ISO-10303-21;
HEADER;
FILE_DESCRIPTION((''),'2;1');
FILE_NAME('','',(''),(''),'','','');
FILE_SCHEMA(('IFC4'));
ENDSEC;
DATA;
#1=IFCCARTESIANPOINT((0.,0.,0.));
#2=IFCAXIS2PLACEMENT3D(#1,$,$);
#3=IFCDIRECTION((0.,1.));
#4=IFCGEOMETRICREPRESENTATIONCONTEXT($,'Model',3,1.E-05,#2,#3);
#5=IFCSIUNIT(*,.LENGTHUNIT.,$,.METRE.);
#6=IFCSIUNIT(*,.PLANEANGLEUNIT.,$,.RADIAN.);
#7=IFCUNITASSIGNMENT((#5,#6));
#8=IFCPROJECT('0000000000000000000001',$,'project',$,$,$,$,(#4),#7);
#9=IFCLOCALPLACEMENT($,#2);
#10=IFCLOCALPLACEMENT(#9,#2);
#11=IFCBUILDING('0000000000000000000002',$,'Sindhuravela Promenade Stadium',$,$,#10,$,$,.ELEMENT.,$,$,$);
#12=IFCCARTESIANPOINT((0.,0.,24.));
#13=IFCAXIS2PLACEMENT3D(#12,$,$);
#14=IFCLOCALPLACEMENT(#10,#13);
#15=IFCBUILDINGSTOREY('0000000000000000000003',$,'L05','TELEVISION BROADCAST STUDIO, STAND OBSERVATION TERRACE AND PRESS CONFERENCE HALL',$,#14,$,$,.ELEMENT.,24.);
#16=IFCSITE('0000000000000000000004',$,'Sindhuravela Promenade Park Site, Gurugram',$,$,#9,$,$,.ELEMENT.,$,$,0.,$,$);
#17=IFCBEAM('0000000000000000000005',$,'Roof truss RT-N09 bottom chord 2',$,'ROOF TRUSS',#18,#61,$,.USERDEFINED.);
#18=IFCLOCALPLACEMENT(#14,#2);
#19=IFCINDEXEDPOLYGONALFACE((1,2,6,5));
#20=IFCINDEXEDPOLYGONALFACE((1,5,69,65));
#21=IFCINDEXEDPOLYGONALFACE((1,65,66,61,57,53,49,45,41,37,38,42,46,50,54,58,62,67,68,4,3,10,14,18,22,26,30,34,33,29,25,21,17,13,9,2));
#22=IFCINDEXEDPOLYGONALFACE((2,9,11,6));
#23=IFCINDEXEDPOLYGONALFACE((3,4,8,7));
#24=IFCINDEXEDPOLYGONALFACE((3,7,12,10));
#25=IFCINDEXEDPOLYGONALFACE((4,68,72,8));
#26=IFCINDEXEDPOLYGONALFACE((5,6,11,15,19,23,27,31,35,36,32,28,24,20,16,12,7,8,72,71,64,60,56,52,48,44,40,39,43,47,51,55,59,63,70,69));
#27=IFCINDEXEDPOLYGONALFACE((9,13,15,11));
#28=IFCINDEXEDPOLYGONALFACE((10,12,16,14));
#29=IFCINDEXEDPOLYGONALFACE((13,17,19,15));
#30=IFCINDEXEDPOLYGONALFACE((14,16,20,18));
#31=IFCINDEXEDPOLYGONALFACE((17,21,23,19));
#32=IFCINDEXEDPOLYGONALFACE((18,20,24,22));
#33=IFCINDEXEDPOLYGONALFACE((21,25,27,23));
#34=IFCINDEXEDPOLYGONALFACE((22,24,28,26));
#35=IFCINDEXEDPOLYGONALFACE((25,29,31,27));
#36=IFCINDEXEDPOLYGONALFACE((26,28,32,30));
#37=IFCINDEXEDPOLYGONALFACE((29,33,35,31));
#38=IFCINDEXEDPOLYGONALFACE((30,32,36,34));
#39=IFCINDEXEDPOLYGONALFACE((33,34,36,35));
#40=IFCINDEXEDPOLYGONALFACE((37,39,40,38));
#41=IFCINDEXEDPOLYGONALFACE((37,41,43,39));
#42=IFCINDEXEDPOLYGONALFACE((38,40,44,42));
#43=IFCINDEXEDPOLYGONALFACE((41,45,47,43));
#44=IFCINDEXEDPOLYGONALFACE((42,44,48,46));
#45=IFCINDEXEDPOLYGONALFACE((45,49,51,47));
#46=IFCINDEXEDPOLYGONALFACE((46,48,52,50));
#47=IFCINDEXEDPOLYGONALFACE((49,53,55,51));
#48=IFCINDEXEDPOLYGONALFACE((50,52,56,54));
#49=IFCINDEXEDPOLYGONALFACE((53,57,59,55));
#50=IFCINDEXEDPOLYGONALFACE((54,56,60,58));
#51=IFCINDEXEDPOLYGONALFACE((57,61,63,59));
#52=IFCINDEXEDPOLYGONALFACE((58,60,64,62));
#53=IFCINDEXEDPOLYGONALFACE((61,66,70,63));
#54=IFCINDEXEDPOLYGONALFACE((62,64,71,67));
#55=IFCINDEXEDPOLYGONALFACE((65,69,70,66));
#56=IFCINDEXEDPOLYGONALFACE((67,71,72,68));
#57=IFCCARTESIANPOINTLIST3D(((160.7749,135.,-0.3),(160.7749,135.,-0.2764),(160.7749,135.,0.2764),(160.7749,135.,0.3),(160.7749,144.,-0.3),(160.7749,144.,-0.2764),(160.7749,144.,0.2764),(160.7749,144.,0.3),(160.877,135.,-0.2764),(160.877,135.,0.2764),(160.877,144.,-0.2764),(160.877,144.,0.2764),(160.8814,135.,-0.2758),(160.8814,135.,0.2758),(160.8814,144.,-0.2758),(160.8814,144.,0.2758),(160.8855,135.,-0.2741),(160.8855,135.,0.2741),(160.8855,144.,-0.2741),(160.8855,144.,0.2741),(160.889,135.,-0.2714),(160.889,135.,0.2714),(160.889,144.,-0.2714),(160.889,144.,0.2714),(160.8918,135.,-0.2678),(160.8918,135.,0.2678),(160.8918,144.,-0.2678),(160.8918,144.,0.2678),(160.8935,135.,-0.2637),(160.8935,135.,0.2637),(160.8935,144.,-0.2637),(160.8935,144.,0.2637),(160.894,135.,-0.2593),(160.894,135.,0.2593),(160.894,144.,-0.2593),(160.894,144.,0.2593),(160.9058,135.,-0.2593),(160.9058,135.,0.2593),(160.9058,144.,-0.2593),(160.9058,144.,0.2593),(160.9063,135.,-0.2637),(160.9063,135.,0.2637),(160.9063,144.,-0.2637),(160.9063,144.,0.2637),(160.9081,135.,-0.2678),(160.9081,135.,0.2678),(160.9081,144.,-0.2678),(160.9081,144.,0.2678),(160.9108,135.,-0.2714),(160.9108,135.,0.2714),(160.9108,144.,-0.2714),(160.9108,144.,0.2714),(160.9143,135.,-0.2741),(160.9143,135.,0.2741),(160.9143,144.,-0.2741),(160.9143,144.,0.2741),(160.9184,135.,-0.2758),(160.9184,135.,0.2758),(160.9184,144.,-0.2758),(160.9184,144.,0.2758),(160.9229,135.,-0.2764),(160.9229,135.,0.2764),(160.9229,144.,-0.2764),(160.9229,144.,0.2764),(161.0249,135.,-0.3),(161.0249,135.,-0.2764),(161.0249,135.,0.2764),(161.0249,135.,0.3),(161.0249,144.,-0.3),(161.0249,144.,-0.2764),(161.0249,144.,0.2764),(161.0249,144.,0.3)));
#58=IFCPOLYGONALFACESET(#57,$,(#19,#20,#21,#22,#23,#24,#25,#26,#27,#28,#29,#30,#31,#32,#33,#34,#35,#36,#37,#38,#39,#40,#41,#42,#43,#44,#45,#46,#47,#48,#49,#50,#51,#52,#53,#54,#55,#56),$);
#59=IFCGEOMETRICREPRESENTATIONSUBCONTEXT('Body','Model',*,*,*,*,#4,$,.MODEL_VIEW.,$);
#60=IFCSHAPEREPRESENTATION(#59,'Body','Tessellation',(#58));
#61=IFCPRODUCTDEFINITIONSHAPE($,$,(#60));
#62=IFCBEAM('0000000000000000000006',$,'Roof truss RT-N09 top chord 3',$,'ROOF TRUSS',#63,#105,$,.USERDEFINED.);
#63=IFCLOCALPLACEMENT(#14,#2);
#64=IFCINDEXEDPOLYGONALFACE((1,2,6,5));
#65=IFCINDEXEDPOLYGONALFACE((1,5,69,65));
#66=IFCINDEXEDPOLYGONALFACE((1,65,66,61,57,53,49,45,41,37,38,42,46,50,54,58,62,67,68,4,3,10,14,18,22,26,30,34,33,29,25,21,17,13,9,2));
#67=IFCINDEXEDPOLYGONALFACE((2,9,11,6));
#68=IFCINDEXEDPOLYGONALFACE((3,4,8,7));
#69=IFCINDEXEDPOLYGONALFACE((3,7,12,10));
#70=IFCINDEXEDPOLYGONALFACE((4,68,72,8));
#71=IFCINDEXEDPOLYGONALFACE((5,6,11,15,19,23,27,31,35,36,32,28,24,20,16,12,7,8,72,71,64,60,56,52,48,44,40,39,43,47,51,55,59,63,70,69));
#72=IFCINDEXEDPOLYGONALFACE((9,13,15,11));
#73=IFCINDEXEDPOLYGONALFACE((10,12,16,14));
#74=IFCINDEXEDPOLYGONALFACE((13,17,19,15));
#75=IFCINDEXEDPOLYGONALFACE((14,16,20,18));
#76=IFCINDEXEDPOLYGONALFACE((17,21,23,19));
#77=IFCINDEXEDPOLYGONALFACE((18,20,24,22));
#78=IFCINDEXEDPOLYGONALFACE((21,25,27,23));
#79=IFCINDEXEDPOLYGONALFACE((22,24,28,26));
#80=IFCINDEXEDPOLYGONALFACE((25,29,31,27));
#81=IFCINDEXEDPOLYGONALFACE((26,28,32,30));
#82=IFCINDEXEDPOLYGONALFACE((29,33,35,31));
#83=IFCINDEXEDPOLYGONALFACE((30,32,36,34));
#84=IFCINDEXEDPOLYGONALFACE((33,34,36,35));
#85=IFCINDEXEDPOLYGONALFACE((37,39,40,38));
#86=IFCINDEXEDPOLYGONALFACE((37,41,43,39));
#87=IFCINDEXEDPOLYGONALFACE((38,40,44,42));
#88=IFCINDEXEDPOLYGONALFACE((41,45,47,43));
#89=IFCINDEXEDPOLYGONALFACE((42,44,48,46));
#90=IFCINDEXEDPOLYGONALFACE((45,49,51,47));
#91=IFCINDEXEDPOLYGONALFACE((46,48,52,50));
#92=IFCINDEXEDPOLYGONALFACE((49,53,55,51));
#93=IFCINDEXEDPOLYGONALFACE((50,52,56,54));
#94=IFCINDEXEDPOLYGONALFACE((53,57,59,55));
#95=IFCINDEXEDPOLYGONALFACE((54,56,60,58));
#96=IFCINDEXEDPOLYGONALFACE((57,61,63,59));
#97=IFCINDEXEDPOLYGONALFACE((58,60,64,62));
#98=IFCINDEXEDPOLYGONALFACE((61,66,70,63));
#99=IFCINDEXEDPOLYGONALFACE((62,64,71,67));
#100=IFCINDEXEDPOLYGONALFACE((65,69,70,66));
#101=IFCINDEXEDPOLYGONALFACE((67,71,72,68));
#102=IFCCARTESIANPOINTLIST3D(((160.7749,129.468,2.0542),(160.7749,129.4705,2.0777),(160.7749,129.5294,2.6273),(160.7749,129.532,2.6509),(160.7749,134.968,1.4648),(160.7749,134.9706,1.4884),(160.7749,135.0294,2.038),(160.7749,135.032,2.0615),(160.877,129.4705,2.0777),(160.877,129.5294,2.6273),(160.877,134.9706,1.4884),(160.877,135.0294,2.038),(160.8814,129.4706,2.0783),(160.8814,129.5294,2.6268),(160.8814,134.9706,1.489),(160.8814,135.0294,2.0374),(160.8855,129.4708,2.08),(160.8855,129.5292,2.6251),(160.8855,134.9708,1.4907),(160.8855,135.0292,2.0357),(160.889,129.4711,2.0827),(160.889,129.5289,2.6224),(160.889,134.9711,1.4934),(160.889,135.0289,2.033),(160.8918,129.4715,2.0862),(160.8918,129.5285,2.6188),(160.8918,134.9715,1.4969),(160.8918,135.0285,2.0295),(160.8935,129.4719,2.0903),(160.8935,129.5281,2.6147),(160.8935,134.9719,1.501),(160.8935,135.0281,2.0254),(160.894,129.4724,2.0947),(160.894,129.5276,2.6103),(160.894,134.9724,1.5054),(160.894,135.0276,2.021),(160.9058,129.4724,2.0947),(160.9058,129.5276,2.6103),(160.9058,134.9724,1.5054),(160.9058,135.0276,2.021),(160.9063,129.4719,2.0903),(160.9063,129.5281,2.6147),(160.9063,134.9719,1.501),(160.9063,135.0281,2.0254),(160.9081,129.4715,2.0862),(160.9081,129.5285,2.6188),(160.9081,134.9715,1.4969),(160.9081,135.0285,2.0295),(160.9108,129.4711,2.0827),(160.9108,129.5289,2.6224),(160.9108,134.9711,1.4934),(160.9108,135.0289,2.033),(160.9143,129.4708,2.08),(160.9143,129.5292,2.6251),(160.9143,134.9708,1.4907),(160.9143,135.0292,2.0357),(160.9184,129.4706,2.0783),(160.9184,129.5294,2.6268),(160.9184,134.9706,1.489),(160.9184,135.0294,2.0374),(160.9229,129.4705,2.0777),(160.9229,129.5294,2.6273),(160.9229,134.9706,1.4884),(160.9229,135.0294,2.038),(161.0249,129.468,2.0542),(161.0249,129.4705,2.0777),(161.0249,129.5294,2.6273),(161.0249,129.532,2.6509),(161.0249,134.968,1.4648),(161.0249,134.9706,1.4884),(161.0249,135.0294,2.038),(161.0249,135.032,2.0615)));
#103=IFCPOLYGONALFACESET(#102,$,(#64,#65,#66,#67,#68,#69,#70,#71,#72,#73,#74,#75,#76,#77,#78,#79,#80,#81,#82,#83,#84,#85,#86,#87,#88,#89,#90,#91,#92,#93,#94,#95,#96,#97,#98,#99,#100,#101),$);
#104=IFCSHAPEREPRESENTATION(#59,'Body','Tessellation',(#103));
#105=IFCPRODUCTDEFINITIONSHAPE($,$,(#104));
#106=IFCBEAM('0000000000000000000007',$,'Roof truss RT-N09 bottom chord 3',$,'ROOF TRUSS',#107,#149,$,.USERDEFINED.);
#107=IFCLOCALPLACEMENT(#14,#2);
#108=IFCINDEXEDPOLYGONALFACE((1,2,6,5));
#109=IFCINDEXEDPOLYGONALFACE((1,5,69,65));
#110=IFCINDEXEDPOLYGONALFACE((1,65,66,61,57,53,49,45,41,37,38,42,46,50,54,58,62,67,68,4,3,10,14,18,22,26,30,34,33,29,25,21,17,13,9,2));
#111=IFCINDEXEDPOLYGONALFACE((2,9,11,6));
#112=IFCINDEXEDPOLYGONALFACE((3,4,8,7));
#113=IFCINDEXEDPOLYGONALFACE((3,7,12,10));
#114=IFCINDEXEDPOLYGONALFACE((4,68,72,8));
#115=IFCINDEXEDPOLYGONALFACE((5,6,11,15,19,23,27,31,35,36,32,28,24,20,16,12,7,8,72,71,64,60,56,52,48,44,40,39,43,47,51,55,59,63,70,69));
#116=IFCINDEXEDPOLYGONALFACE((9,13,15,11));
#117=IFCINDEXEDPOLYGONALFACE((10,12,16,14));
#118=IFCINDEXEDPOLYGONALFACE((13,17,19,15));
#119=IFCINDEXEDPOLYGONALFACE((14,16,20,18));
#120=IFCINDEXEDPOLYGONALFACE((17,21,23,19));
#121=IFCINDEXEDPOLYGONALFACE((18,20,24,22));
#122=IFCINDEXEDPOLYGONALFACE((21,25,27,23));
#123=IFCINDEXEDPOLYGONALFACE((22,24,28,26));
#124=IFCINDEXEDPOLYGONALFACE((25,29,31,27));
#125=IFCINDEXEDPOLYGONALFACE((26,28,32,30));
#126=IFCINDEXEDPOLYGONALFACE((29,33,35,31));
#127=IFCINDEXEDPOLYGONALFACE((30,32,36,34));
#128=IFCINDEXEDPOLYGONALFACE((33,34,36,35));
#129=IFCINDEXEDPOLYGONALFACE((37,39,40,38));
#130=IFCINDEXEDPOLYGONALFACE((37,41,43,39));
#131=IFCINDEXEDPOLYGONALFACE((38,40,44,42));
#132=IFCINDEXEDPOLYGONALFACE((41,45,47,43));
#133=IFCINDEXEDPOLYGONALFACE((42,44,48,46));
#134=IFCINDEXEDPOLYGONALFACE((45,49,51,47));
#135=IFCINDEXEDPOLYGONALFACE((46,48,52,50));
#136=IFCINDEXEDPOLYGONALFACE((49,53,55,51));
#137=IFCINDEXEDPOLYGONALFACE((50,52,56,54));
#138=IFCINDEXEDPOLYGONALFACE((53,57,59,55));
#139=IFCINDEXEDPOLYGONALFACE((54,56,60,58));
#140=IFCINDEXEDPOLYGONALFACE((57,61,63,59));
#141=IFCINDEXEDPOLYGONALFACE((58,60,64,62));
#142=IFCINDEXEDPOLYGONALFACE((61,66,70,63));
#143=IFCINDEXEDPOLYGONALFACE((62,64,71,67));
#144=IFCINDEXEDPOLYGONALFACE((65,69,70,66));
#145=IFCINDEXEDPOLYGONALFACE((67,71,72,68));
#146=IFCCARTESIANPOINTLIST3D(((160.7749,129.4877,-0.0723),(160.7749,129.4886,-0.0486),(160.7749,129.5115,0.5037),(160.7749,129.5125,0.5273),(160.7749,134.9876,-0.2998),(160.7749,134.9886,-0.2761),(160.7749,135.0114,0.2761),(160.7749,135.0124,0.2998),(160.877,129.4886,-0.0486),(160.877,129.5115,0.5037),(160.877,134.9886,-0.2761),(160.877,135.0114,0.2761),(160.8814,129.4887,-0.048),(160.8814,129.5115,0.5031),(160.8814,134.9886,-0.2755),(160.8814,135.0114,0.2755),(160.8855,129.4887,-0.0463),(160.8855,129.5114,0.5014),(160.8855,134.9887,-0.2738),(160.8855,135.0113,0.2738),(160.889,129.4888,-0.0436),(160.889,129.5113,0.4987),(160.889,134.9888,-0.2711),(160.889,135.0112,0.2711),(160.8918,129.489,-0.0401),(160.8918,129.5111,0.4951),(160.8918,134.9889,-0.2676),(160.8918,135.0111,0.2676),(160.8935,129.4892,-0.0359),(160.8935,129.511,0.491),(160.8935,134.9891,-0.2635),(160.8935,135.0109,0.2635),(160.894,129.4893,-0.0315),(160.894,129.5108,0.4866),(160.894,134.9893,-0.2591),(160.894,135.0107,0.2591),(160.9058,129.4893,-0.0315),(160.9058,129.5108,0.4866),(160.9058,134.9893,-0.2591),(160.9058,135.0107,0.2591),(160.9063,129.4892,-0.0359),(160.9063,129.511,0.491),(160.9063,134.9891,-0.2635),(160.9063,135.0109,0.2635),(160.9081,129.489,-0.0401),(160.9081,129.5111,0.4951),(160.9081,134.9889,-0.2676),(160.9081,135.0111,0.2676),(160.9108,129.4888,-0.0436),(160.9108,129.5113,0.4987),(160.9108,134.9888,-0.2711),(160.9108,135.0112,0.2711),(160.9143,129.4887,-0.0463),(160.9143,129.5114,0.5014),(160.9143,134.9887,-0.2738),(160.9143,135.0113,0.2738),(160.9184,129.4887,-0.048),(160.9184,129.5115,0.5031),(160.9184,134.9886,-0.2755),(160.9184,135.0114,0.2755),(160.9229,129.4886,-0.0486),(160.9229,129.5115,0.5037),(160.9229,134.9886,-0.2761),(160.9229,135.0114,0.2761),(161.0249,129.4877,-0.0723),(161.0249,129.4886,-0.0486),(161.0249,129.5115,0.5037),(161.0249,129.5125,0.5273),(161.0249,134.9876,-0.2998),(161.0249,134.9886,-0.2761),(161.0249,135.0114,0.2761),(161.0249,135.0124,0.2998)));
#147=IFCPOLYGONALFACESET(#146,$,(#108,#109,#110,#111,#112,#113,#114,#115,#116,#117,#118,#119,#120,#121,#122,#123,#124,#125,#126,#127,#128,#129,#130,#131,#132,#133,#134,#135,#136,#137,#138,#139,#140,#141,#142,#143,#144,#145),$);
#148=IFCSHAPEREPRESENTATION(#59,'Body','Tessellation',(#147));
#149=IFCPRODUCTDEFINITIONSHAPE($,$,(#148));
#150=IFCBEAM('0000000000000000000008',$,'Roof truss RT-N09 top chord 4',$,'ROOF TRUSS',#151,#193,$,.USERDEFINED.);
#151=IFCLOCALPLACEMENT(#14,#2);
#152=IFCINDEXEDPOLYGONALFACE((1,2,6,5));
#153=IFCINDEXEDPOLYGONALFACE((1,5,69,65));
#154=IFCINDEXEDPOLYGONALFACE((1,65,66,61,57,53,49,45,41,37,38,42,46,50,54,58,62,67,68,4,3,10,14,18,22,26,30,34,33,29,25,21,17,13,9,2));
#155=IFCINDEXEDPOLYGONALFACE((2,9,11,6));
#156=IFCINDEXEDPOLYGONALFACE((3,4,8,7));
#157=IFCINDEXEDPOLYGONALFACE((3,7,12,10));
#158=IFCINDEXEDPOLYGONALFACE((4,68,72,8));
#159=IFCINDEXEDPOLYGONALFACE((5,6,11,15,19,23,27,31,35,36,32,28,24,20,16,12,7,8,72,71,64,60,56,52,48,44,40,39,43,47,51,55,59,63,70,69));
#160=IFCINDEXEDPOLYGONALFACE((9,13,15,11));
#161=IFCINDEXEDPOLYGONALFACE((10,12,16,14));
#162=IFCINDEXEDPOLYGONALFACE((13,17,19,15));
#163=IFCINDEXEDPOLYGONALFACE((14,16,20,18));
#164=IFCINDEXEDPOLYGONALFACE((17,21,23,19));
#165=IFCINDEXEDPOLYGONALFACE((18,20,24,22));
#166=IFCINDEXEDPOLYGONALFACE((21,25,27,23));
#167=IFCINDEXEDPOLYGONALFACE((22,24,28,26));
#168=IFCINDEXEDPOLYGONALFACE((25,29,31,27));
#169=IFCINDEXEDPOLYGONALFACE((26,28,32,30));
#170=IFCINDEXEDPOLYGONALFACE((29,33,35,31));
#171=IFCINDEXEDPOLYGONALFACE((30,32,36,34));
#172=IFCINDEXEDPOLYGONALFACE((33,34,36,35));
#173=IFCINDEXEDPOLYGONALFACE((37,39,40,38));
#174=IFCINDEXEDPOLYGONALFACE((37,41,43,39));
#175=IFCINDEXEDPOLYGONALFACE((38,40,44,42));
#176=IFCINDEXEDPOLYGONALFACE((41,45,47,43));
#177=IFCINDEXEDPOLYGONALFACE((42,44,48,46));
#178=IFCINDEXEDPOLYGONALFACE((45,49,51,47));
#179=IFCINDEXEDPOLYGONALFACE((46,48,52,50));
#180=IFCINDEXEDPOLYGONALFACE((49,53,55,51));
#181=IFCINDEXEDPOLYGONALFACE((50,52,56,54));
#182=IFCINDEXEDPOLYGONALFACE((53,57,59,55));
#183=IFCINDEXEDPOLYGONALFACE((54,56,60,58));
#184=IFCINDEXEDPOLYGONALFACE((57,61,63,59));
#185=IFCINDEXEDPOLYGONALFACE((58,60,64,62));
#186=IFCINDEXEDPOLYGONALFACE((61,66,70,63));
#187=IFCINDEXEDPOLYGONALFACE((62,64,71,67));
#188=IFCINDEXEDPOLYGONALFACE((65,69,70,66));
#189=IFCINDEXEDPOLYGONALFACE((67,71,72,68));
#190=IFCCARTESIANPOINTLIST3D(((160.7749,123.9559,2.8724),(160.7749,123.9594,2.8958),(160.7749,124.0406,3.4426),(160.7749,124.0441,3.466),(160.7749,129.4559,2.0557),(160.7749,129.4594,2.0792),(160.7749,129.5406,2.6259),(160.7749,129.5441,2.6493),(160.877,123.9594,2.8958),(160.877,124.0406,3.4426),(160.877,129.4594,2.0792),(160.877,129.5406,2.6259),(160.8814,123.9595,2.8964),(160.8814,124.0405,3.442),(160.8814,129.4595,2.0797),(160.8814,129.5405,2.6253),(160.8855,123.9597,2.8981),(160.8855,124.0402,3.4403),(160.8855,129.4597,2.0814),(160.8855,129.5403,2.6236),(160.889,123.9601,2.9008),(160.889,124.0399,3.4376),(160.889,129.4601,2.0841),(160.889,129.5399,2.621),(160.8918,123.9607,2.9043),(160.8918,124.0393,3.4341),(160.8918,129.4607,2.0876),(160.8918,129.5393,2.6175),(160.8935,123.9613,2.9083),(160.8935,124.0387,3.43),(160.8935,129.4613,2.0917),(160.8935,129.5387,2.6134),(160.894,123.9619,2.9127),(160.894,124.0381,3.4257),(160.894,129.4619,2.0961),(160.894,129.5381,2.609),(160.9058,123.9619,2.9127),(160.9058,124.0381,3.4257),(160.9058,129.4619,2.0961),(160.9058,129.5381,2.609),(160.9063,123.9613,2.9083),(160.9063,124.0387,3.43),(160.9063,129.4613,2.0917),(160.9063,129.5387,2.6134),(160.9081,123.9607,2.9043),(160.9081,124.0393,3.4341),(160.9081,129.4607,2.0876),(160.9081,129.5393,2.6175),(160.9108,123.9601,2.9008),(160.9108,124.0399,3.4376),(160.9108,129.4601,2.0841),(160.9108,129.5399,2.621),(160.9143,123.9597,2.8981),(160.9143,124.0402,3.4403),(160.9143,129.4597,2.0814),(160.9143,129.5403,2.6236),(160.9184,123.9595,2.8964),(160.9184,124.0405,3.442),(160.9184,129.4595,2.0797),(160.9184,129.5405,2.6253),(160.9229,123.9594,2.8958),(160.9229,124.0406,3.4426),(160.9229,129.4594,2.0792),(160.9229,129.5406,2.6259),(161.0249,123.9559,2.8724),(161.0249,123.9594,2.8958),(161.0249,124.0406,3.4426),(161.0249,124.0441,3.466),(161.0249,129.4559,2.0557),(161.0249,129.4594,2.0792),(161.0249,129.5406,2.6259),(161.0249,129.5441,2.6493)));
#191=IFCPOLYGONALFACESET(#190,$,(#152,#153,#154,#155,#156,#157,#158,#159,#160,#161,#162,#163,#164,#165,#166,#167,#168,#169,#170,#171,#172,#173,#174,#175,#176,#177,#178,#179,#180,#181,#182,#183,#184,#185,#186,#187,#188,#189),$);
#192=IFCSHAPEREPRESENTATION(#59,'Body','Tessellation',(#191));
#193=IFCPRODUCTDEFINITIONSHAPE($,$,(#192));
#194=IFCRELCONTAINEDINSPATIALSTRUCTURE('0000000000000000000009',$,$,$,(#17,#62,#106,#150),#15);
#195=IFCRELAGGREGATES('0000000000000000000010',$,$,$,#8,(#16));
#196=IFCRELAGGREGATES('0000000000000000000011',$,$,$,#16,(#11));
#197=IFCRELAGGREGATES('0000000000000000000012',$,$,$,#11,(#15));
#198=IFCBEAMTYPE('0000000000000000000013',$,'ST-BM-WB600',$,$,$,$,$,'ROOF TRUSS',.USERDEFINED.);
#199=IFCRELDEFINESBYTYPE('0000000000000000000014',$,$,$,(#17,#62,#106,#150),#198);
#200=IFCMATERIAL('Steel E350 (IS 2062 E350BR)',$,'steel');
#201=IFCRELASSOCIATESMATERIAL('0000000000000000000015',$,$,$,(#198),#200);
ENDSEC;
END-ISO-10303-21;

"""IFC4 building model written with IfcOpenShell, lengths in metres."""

from ifc_helpers import new_model, si_unit, direction, frame, origin, origin_2d, place, context, subcontext, project, spatial, i_section, extrude, material, material_profile, profile_set, type_object, element, save


model = new_model("IFC4")

# Units and contexts
model_context = context("Model", 3, precision=1e-05, world=origin(), true_north=direction((0.0, 1.0)))
body_context = subcontext(model_context, "Body", "Model", "MODEL_VIEW")
ifc_project = project(units=[si_unit("LENGTHUNIT", "METRE"), si_unit("PLANEANGLEUNIT", "RADIAN")], contexts=[model_context])

# Site, building, storey
site_placement = place(None, origin())
site = spatial("IfcSite", under=ifc_project, at=site_placement, Name="Sindhuravela Promenade Park Site, Gurugram", CompositionType="ELEMENT", RefElevation=0.0)
building_placement = place(site_placement, origin())
building = spatial("IfcBuilding", under=site, at=building_placement, Name="Sindhuravela Promenade Stadium", CompositionType="ELEMENT")
storey_placement = place(building_placement, frame((0.0, 0.0, 24.0)))
storey = spatial("IfcBuildingStorey", under=building, at=storey_placement, Name="L05", Description="TELEVISION BROADCAST STUDIO, STAND OBSERVATION TERRACE AND PRESS CONFERENCE HALL", CompositionType="ELEMENT", Elevation=24.0)

# Beams
ifc_material_1 = material(Name="Steel E350 (IS 2062 E350BR)", Category="steel")
ifc_material_profile_1 = material_profile(ifc_material_1, i_section(OverallWidth=0.25, OverallDepth=0.6001, WebThickness=0.0117, FlangeThickness=0.0237, FilletRadius=0.0171, at=origin_2d()), Name="ISWB 600")
ifc_profile_set_1 = profile_set([ifc_material_profile_1], Name="Steel E350 (IS 2062 E350BR)")
beam_type = type_object("IfcBeamType", Name="ST-BM-WB600", ElementType="ROOF TRUSS", PredefinedType="USERDEFINED", material=ifc_profile_set_1)
beam_1_placement = place(storey_placement, frame((160.8999, 144.0, 0.0), z_axis=(0.0, -1.0, 0.0), x_axis=(1.0, 0.0, 0.0)))
element("IfcBeam", 1, at=beam_1_placement, inside=storey, type_object=beam_type, Name="Roof truss RT-N09 bottom chord 2", ObjectType="ROOF TRUSS", PredefinedType="USERDEFINED", context=body_context, shape_type="SweptSolid", body=[
    extrude(i_section(OverallWidth=0.25, OverallDepth=0.6001, WebThickness=0.0117, FlangeThickness=0.0237, FilletRadius=0.0171, at=origin_2d()), origin(), (0.0, 0.0, 1.0), 9.0),
])
beam_2_placement = place(storey_placement, frame((160.8999, 135.0, 1.7632), z_axis=(0.0, -0.994308, 0.106546), x_axis=(1.0, 0.0, 0.0)))
element("IfcBeam", 2, at=beam_2_placement, inside=storey, type_object=beam_type, Name="Roof truss RT-N09 top chord 3", ObjectType="ROOF TRUSS", PredefinedType="USERDEFINED", context=body_context, shape_type="SweptSolid", body=[
    extrude(i_section(OverallWidth=0.25, OverallDepth=0.6001, WebThickness=0.0117, FlangeThickness=0.0237, FilletRadius=0.0171, at=origin_2d()), origin(), (0.0, 0.0, 1.0), 5.5315),
])
beam_3_placement = place(storey_placement, frame((160.8999, 135.0, 0.0), z_axis=(0.0, -0.999145, 0.041335), x_axis=(1.0, 0.0, 0.0)))
element("IfcBeam", 3, at=beam_3_placement, inside=storey, type_object=beam_type, Name="Roof truss RT-N09 bottom chord 3", ObjectType="ROOF TRUSS", PredefinedType="USERDEFINED", context=body_context, shape_type="SweptSolid", body=[
    extrude(i_section(OverallWidth=0.25, OverallDepth=0.6001, WebThickness=0.0117, FlangeThickness=0.0237, FilletRadius=0.0171, at=origin_2d()), origin(), (0.0, 0.0, 1.0), 5.5046),
])
beam_4_placement = place(storey_placement, frame((160.8999, 129.5, 2.3525), z_axis=(0.0, -0.989156, 0.146872), x_axis=(1.0, 0.0, 0.0)))
element("IfcBeam", 4, at=beam_4_placement, inside=storey, type_object=beam_type, Name="Roof truss RT-N09 top chord 4", ObjectType="ROOF TRUSS", PredefinedType="USERDEFINED", context=body_context, shape_type="SweptSolid", body=[
    extrude(i_section(OverallWidth=0.25, OverallDepth=0.6001, WebThickness=0.0117, FlangeThickness=0.0237, FilletRadius=0.0171, at=origin_2d()), origin(), (0.0, 0.0, 1.0), 5.5603),
])

save(model, "model.ifc")
